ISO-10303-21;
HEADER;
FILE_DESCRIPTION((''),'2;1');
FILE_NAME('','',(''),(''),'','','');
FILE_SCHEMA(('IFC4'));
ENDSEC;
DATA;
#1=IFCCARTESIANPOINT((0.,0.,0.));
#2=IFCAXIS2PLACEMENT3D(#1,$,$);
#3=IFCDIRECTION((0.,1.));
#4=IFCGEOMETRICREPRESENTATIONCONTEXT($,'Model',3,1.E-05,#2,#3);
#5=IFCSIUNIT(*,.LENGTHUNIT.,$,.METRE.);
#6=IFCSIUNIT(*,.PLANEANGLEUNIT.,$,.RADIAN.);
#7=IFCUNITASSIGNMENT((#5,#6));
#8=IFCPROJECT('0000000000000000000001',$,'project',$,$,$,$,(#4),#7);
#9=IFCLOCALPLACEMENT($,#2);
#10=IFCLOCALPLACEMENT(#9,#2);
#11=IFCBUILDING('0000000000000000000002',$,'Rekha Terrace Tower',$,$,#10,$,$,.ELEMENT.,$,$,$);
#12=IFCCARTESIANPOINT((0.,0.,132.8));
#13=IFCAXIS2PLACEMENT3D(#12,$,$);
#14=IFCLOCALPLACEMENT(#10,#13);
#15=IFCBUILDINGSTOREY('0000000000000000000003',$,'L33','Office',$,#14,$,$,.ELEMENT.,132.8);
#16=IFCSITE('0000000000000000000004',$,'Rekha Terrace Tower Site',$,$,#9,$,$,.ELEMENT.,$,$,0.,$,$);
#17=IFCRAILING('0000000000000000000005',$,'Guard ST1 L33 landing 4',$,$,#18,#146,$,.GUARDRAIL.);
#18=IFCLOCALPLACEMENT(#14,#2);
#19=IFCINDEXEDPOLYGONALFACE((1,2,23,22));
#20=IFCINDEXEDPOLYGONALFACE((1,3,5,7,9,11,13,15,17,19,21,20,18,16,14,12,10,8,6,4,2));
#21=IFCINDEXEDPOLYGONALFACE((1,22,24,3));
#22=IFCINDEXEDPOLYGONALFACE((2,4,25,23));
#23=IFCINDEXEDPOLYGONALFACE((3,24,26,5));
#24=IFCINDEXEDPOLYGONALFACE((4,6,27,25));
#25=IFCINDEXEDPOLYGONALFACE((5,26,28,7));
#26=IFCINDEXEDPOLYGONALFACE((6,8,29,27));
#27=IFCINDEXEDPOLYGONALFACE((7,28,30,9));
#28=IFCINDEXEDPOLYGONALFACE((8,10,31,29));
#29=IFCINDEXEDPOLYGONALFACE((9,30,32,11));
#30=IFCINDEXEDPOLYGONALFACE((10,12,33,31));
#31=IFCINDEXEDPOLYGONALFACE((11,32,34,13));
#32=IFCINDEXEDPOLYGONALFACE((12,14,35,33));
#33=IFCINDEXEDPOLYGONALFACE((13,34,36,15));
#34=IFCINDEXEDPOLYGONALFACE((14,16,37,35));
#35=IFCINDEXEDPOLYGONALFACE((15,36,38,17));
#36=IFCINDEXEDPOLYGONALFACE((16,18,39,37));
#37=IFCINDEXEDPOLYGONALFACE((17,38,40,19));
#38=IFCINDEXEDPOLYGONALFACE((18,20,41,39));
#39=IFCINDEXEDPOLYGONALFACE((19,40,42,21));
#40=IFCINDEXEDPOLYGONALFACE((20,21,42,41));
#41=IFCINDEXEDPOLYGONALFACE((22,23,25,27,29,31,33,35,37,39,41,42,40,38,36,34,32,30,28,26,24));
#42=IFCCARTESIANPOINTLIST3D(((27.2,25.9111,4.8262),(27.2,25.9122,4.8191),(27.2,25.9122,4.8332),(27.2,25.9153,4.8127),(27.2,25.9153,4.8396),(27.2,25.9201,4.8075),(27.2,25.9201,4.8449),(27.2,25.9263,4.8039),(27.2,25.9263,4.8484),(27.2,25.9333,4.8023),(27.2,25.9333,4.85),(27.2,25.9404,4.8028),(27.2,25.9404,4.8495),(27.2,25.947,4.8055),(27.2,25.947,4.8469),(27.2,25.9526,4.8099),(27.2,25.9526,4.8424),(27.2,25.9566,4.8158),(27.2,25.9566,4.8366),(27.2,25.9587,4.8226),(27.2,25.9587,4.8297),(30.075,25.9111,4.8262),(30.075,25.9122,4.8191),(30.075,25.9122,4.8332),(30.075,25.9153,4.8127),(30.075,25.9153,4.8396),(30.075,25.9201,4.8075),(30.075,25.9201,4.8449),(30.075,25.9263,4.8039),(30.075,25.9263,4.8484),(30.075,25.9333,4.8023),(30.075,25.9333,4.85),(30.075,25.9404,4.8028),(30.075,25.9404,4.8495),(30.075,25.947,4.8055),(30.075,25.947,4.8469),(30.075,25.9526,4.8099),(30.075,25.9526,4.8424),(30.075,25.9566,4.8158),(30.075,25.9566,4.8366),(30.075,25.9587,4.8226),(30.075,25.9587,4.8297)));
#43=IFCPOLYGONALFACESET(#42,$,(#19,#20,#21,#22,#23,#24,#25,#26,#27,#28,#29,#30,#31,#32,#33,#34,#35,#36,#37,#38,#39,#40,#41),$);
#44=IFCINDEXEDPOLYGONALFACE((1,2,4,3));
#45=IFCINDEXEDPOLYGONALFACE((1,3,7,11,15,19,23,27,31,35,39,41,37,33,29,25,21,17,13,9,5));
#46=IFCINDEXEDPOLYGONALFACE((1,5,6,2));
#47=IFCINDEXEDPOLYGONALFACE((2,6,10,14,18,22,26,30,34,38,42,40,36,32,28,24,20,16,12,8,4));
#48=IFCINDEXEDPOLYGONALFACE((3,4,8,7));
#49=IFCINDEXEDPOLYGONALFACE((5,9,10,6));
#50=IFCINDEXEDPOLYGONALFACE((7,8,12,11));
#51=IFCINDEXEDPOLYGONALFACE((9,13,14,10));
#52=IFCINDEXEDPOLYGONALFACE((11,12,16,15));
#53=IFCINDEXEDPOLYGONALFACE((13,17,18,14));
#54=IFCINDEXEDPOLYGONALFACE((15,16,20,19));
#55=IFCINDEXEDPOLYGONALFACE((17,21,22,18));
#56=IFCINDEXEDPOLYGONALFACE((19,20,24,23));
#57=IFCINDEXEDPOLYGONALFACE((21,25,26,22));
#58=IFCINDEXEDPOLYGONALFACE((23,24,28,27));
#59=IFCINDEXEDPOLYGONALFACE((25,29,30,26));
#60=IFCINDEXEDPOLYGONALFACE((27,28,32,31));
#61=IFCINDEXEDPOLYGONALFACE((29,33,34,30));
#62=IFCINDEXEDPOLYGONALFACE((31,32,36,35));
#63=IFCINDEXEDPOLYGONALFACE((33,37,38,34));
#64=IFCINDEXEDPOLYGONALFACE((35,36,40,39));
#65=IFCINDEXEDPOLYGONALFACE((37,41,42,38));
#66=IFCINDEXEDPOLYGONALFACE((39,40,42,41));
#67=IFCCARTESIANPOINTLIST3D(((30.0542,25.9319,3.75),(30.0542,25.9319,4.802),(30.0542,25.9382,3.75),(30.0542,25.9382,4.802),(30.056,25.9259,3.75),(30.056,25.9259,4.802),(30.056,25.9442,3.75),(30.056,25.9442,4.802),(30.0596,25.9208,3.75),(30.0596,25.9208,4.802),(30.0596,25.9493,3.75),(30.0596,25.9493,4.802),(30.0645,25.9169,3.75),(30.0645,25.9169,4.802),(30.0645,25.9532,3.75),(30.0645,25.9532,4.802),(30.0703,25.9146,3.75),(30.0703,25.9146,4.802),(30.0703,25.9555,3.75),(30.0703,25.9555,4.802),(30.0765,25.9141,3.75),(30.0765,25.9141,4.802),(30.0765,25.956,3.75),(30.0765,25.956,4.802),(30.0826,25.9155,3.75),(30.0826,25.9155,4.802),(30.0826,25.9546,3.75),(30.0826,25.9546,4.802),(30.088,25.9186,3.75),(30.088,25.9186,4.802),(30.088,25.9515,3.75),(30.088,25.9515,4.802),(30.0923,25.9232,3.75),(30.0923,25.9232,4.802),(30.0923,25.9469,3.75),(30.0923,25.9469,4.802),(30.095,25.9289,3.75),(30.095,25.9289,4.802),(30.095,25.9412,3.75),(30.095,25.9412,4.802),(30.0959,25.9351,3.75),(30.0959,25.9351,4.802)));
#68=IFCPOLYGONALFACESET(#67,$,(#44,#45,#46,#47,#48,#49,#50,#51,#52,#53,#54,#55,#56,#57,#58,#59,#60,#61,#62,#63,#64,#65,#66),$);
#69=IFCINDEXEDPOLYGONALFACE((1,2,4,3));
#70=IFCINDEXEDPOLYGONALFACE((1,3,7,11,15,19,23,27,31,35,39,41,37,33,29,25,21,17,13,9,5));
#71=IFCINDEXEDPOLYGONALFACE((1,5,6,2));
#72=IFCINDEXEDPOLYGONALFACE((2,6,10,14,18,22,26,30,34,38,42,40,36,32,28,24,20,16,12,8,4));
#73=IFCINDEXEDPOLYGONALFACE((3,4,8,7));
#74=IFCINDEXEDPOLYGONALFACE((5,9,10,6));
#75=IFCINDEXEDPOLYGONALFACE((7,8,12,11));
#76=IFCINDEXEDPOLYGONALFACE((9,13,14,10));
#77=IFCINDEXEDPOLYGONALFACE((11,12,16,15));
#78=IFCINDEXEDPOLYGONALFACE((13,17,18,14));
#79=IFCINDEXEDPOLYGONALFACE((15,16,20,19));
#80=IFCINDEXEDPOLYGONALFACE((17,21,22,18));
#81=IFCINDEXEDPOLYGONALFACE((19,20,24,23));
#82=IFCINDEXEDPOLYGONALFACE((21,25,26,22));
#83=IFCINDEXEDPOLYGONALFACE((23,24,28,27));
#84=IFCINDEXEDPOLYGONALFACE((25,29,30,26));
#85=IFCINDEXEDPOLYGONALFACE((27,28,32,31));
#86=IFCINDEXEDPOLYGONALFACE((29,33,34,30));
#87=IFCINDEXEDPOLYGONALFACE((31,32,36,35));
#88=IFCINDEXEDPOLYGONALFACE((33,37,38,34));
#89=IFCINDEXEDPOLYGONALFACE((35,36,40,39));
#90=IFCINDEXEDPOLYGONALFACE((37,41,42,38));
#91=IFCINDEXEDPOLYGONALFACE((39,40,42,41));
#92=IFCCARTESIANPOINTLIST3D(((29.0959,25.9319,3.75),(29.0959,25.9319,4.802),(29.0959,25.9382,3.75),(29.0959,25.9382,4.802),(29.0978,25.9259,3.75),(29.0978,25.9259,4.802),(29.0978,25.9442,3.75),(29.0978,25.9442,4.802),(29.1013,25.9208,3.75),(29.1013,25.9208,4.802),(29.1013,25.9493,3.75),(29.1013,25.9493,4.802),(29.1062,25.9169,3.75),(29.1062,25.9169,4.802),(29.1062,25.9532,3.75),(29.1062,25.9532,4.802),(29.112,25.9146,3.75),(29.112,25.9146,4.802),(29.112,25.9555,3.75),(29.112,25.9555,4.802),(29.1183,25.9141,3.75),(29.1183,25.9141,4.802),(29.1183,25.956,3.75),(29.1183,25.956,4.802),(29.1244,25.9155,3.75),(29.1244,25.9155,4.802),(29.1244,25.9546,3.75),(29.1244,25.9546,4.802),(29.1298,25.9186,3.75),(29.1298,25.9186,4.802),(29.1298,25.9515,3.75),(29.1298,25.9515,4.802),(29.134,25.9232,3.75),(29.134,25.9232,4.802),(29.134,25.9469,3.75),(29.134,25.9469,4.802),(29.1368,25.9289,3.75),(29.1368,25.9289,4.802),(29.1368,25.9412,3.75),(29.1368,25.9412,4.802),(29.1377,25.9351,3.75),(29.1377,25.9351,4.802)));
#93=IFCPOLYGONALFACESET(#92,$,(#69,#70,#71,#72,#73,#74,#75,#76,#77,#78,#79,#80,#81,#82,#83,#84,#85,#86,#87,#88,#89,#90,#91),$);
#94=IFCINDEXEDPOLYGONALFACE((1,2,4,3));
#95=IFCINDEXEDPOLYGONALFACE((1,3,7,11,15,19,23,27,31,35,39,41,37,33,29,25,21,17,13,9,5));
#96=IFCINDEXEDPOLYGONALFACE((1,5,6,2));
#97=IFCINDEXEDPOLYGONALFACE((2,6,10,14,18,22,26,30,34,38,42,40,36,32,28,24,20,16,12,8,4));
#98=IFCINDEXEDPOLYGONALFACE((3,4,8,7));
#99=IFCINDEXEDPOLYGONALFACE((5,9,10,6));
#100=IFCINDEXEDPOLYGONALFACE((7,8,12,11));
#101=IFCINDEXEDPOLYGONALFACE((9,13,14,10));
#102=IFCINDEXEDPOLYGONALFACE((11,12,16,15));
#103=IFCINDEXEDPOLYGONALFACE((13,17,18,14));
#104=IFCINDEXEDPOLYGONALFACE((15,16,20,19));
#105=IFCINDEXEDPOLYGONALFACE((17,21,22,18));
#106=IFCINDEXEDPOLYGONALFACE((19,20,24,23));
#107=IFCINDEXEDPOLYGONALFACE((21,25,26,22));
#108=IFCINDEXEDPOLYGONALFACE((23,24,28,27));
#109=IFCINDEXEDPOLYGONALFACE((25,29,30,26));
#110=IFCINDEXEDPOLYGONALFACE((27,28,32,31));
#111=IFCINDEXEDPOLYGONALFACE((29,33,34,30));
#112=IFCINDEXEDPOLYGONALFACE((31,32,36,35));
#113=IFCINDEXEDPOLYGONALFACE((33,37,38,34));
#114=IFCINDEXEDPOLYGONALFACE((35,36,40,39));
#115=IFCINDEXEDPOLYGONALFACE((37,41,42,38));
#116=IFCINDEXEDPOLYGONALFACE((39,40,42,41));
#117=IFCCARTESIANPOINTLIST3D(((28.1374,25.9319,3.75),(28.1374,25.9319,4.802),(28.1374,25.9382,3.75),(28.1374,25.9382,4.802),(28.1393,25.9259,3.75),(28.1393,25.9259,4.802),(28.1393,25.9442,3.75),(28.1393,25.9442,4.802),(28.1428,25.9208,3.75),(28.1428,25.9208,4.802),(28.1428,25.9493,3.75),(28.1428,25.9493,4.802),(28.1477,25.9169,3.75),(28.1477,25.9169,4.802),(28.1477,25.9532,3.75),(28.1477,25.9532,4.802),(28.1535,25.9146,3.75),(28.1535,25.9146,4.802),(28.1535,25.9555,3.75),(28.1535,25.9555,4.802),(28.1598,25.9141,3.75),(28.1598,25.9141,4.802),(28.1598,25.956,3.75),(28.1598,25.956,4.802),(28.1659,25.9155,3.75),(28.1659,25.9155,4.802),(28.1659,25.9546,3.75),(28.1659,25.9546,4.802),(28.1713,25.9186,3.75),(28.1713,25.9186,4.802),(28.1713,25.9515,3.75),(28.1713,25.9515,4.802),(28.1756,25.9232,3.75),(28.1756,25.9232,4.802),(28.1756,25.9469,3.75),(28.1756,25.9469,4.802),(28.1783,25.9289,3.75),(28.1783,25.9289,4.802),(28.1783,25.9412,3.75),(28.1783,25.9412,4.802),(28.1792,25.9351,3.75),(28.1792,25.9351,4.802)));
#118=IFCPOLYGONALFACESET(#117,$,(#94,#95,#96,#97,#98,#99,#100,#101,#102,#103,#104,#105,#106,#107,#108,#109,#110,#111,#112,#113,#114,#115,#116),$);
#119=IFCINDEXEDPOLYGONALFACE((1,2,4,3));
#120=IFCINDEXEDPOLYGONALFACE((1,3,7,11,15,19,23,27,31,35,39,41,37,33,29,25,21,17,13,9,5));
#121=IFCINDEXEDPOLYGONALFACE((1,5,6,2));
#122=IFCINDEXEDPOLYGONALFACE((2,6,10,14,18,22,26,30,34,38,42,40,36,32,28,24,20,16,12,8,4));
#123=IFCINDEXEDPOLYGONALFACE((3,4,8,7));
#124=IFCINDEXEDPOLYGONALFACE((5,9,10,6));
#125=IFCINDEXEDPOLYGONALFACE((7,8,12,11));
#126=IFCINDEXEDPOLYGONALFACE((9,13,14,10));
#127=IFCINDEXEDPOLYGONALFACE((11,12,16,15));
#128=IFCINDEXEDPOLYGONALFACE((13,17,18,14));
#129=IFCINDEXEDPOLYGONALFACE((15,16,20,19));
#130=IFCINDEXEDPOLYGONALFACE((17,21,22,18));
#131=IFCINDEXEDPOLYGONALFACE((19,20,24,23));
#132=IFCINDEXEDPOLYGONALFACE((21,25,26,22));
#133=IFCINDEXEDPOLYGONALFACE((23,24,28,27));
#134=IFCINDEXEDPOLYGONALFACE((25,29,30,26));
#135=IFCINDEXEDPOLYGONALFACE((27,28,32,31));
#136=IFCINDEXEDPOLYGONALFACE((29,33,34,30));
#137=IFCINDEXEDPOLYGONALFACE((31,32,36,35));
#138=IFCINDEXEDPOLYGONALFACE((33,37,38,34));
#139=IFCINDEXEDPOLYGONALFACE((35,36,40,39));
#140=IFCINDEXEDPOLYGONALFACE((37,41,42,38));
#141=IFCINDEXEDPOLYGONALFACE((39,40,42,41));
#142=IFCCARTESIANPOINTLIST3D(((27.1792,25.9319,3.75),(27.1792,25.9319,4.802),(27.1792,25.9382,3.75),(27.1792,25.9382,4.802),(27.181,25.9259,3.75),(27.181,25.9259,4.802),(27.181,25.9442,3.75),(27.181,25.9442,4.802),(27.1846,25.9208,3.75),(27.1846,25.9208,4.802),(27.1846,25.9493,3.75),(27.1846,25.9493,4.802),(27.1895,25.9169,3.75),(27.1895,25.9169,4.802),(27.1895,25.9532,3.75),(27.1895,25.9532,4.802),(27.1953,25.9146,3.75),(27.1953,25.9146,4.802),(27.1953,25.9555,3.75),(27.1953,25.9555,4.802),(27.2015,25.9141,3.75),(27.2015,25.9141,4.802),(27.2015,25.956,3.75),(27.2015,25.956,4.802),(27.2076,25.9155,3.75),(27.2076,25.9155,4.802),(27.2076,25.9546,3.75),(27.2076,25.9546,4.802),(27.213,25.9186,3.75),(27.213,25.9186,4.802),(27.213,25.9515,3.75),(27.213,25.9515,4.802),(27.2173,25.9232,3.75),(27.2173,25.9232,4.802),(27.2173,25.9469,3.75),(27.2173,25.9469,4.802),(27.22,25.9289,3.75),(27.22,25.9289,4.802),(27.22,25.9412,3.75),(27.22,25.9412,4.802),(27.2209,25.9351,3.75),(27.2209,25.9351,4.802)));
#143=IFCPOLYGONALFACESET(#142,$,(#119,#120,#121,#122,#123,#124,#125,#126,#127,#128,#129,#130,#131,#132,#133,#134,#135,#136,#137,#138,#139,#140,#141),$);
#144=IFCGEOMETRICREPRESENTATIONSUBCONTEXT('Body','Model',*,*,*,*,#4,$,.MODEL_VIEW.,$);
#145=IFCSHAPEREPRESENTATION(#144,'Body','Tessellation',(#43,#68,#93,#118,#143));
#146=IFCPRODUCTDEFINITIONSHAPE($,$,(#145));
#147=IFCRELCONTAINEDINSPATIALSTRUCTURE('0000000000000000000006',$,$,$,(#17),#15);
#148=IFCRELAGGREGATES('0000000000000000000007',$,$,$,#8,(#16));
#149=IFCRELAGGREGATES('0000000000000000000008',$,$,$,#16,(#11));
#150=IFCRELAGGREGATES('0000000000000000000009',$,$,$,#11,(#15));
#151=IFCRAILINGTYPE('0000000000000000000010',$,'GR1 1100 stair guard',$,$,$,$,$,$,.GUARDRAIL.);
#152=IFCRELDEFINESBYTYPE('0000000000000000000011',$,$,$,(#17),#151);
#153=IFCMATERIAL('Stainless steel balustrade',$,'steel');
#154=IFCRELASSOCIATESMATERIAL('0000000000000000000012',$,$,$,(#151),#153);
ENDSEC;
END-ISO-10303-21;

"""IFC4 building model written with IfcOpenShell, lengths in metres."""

from ifc_helpers import new_model, si_unit, direction, frame, origin, origin_2d, place, context, subcontext, project, spatial, circle, extrude, material, type_object, element, save


model = new_model("IFC4")

# Units and contexts
model_context = context("Model", 3, precision=1e-05, world=origin(), true_north=direction((0.0, 1.0)))
body_context = subcontext(model_context, "Body", "Model", "MODEL_VIEW")
ifc_project = project(units=[si_unit("LENGTHUNIT", "METRE"), si_unit("PLANEANGLEUNIT", "RADIAN")], contexts=[model_context])

# Site, building, storey
site_placement = place(None, origin())
site = spatial("IfcSite", under=ifc_project, at=site_placement, Name="Rekha Terrace Tower Site", CompositionType="ELEMENT", RefElevation=0.0)
building_placement = place(site_placement, origin())
building = spatial("IfcBuilding", under=site, at=building_placement, Name="Rekha Terrace Tower", CompositionType="ELEMENT")
storey_placement = place(building_placement, frame((0.0, 0.0, 132.8)))
storey = spatial("IfcBuildingStorey", under=building, at=storey_placement, Name="L33", Description="Office", CompositionType="ELEMENT", Elevation=132.8)

# Railing
ifc_material_1 = material(Name="Stainless steel balustrade", Category="steel")
railing_type_1 = type_object("IfcRailingType", Name="GR1 1100 stair guard", PredefinedType="GUARDRAIL", material=ifc_material_1)
railing_1_placement = place(storey_placement, frame((30.075, 25.9351, 3.75)))
element("IfcRailing", 1, at=railing_1_placement, inside=storey, type_object=railing_type_1, Name="Guard ST1 L33 landing 4", PredefinedType="GUARDRAIL", context=body_context, shape_type="SweptSolid", body=[
    extrude(circle(Radius=0.0239, at=origin_2d()), frame((0.0, 0.0, 1.0762), z_axis=(-1.0, 0.0, 0.0), x_axis=(0.0, -1.0, 0.0)), (0.0, 0.0, 1.0), 2.875),
    extrude(circle(Radius=0.021, at=origin_2d()), origin(), (0.0, 0.0, 1.0), 1.052),
    extrude(circle(Radius=0.021, at=origin_2d()), frame((-0.9583, 0.0, 0.0)), (0.0, 0.0, 1.0), 1.052),
    extrude(circle(Radius=0.021, at=origin_2d()), frame((-1.9167, 0.0, 0.0)), (0.0, 0.0, 1.0), 1.052),
    extrude(circle(Radius=0.021, at=origin_2d()), frame((-2.875, 0.0, 0.0)), (0.0, 0.0, 1.0), 1.052),
])

save(model, "model.ifc")
